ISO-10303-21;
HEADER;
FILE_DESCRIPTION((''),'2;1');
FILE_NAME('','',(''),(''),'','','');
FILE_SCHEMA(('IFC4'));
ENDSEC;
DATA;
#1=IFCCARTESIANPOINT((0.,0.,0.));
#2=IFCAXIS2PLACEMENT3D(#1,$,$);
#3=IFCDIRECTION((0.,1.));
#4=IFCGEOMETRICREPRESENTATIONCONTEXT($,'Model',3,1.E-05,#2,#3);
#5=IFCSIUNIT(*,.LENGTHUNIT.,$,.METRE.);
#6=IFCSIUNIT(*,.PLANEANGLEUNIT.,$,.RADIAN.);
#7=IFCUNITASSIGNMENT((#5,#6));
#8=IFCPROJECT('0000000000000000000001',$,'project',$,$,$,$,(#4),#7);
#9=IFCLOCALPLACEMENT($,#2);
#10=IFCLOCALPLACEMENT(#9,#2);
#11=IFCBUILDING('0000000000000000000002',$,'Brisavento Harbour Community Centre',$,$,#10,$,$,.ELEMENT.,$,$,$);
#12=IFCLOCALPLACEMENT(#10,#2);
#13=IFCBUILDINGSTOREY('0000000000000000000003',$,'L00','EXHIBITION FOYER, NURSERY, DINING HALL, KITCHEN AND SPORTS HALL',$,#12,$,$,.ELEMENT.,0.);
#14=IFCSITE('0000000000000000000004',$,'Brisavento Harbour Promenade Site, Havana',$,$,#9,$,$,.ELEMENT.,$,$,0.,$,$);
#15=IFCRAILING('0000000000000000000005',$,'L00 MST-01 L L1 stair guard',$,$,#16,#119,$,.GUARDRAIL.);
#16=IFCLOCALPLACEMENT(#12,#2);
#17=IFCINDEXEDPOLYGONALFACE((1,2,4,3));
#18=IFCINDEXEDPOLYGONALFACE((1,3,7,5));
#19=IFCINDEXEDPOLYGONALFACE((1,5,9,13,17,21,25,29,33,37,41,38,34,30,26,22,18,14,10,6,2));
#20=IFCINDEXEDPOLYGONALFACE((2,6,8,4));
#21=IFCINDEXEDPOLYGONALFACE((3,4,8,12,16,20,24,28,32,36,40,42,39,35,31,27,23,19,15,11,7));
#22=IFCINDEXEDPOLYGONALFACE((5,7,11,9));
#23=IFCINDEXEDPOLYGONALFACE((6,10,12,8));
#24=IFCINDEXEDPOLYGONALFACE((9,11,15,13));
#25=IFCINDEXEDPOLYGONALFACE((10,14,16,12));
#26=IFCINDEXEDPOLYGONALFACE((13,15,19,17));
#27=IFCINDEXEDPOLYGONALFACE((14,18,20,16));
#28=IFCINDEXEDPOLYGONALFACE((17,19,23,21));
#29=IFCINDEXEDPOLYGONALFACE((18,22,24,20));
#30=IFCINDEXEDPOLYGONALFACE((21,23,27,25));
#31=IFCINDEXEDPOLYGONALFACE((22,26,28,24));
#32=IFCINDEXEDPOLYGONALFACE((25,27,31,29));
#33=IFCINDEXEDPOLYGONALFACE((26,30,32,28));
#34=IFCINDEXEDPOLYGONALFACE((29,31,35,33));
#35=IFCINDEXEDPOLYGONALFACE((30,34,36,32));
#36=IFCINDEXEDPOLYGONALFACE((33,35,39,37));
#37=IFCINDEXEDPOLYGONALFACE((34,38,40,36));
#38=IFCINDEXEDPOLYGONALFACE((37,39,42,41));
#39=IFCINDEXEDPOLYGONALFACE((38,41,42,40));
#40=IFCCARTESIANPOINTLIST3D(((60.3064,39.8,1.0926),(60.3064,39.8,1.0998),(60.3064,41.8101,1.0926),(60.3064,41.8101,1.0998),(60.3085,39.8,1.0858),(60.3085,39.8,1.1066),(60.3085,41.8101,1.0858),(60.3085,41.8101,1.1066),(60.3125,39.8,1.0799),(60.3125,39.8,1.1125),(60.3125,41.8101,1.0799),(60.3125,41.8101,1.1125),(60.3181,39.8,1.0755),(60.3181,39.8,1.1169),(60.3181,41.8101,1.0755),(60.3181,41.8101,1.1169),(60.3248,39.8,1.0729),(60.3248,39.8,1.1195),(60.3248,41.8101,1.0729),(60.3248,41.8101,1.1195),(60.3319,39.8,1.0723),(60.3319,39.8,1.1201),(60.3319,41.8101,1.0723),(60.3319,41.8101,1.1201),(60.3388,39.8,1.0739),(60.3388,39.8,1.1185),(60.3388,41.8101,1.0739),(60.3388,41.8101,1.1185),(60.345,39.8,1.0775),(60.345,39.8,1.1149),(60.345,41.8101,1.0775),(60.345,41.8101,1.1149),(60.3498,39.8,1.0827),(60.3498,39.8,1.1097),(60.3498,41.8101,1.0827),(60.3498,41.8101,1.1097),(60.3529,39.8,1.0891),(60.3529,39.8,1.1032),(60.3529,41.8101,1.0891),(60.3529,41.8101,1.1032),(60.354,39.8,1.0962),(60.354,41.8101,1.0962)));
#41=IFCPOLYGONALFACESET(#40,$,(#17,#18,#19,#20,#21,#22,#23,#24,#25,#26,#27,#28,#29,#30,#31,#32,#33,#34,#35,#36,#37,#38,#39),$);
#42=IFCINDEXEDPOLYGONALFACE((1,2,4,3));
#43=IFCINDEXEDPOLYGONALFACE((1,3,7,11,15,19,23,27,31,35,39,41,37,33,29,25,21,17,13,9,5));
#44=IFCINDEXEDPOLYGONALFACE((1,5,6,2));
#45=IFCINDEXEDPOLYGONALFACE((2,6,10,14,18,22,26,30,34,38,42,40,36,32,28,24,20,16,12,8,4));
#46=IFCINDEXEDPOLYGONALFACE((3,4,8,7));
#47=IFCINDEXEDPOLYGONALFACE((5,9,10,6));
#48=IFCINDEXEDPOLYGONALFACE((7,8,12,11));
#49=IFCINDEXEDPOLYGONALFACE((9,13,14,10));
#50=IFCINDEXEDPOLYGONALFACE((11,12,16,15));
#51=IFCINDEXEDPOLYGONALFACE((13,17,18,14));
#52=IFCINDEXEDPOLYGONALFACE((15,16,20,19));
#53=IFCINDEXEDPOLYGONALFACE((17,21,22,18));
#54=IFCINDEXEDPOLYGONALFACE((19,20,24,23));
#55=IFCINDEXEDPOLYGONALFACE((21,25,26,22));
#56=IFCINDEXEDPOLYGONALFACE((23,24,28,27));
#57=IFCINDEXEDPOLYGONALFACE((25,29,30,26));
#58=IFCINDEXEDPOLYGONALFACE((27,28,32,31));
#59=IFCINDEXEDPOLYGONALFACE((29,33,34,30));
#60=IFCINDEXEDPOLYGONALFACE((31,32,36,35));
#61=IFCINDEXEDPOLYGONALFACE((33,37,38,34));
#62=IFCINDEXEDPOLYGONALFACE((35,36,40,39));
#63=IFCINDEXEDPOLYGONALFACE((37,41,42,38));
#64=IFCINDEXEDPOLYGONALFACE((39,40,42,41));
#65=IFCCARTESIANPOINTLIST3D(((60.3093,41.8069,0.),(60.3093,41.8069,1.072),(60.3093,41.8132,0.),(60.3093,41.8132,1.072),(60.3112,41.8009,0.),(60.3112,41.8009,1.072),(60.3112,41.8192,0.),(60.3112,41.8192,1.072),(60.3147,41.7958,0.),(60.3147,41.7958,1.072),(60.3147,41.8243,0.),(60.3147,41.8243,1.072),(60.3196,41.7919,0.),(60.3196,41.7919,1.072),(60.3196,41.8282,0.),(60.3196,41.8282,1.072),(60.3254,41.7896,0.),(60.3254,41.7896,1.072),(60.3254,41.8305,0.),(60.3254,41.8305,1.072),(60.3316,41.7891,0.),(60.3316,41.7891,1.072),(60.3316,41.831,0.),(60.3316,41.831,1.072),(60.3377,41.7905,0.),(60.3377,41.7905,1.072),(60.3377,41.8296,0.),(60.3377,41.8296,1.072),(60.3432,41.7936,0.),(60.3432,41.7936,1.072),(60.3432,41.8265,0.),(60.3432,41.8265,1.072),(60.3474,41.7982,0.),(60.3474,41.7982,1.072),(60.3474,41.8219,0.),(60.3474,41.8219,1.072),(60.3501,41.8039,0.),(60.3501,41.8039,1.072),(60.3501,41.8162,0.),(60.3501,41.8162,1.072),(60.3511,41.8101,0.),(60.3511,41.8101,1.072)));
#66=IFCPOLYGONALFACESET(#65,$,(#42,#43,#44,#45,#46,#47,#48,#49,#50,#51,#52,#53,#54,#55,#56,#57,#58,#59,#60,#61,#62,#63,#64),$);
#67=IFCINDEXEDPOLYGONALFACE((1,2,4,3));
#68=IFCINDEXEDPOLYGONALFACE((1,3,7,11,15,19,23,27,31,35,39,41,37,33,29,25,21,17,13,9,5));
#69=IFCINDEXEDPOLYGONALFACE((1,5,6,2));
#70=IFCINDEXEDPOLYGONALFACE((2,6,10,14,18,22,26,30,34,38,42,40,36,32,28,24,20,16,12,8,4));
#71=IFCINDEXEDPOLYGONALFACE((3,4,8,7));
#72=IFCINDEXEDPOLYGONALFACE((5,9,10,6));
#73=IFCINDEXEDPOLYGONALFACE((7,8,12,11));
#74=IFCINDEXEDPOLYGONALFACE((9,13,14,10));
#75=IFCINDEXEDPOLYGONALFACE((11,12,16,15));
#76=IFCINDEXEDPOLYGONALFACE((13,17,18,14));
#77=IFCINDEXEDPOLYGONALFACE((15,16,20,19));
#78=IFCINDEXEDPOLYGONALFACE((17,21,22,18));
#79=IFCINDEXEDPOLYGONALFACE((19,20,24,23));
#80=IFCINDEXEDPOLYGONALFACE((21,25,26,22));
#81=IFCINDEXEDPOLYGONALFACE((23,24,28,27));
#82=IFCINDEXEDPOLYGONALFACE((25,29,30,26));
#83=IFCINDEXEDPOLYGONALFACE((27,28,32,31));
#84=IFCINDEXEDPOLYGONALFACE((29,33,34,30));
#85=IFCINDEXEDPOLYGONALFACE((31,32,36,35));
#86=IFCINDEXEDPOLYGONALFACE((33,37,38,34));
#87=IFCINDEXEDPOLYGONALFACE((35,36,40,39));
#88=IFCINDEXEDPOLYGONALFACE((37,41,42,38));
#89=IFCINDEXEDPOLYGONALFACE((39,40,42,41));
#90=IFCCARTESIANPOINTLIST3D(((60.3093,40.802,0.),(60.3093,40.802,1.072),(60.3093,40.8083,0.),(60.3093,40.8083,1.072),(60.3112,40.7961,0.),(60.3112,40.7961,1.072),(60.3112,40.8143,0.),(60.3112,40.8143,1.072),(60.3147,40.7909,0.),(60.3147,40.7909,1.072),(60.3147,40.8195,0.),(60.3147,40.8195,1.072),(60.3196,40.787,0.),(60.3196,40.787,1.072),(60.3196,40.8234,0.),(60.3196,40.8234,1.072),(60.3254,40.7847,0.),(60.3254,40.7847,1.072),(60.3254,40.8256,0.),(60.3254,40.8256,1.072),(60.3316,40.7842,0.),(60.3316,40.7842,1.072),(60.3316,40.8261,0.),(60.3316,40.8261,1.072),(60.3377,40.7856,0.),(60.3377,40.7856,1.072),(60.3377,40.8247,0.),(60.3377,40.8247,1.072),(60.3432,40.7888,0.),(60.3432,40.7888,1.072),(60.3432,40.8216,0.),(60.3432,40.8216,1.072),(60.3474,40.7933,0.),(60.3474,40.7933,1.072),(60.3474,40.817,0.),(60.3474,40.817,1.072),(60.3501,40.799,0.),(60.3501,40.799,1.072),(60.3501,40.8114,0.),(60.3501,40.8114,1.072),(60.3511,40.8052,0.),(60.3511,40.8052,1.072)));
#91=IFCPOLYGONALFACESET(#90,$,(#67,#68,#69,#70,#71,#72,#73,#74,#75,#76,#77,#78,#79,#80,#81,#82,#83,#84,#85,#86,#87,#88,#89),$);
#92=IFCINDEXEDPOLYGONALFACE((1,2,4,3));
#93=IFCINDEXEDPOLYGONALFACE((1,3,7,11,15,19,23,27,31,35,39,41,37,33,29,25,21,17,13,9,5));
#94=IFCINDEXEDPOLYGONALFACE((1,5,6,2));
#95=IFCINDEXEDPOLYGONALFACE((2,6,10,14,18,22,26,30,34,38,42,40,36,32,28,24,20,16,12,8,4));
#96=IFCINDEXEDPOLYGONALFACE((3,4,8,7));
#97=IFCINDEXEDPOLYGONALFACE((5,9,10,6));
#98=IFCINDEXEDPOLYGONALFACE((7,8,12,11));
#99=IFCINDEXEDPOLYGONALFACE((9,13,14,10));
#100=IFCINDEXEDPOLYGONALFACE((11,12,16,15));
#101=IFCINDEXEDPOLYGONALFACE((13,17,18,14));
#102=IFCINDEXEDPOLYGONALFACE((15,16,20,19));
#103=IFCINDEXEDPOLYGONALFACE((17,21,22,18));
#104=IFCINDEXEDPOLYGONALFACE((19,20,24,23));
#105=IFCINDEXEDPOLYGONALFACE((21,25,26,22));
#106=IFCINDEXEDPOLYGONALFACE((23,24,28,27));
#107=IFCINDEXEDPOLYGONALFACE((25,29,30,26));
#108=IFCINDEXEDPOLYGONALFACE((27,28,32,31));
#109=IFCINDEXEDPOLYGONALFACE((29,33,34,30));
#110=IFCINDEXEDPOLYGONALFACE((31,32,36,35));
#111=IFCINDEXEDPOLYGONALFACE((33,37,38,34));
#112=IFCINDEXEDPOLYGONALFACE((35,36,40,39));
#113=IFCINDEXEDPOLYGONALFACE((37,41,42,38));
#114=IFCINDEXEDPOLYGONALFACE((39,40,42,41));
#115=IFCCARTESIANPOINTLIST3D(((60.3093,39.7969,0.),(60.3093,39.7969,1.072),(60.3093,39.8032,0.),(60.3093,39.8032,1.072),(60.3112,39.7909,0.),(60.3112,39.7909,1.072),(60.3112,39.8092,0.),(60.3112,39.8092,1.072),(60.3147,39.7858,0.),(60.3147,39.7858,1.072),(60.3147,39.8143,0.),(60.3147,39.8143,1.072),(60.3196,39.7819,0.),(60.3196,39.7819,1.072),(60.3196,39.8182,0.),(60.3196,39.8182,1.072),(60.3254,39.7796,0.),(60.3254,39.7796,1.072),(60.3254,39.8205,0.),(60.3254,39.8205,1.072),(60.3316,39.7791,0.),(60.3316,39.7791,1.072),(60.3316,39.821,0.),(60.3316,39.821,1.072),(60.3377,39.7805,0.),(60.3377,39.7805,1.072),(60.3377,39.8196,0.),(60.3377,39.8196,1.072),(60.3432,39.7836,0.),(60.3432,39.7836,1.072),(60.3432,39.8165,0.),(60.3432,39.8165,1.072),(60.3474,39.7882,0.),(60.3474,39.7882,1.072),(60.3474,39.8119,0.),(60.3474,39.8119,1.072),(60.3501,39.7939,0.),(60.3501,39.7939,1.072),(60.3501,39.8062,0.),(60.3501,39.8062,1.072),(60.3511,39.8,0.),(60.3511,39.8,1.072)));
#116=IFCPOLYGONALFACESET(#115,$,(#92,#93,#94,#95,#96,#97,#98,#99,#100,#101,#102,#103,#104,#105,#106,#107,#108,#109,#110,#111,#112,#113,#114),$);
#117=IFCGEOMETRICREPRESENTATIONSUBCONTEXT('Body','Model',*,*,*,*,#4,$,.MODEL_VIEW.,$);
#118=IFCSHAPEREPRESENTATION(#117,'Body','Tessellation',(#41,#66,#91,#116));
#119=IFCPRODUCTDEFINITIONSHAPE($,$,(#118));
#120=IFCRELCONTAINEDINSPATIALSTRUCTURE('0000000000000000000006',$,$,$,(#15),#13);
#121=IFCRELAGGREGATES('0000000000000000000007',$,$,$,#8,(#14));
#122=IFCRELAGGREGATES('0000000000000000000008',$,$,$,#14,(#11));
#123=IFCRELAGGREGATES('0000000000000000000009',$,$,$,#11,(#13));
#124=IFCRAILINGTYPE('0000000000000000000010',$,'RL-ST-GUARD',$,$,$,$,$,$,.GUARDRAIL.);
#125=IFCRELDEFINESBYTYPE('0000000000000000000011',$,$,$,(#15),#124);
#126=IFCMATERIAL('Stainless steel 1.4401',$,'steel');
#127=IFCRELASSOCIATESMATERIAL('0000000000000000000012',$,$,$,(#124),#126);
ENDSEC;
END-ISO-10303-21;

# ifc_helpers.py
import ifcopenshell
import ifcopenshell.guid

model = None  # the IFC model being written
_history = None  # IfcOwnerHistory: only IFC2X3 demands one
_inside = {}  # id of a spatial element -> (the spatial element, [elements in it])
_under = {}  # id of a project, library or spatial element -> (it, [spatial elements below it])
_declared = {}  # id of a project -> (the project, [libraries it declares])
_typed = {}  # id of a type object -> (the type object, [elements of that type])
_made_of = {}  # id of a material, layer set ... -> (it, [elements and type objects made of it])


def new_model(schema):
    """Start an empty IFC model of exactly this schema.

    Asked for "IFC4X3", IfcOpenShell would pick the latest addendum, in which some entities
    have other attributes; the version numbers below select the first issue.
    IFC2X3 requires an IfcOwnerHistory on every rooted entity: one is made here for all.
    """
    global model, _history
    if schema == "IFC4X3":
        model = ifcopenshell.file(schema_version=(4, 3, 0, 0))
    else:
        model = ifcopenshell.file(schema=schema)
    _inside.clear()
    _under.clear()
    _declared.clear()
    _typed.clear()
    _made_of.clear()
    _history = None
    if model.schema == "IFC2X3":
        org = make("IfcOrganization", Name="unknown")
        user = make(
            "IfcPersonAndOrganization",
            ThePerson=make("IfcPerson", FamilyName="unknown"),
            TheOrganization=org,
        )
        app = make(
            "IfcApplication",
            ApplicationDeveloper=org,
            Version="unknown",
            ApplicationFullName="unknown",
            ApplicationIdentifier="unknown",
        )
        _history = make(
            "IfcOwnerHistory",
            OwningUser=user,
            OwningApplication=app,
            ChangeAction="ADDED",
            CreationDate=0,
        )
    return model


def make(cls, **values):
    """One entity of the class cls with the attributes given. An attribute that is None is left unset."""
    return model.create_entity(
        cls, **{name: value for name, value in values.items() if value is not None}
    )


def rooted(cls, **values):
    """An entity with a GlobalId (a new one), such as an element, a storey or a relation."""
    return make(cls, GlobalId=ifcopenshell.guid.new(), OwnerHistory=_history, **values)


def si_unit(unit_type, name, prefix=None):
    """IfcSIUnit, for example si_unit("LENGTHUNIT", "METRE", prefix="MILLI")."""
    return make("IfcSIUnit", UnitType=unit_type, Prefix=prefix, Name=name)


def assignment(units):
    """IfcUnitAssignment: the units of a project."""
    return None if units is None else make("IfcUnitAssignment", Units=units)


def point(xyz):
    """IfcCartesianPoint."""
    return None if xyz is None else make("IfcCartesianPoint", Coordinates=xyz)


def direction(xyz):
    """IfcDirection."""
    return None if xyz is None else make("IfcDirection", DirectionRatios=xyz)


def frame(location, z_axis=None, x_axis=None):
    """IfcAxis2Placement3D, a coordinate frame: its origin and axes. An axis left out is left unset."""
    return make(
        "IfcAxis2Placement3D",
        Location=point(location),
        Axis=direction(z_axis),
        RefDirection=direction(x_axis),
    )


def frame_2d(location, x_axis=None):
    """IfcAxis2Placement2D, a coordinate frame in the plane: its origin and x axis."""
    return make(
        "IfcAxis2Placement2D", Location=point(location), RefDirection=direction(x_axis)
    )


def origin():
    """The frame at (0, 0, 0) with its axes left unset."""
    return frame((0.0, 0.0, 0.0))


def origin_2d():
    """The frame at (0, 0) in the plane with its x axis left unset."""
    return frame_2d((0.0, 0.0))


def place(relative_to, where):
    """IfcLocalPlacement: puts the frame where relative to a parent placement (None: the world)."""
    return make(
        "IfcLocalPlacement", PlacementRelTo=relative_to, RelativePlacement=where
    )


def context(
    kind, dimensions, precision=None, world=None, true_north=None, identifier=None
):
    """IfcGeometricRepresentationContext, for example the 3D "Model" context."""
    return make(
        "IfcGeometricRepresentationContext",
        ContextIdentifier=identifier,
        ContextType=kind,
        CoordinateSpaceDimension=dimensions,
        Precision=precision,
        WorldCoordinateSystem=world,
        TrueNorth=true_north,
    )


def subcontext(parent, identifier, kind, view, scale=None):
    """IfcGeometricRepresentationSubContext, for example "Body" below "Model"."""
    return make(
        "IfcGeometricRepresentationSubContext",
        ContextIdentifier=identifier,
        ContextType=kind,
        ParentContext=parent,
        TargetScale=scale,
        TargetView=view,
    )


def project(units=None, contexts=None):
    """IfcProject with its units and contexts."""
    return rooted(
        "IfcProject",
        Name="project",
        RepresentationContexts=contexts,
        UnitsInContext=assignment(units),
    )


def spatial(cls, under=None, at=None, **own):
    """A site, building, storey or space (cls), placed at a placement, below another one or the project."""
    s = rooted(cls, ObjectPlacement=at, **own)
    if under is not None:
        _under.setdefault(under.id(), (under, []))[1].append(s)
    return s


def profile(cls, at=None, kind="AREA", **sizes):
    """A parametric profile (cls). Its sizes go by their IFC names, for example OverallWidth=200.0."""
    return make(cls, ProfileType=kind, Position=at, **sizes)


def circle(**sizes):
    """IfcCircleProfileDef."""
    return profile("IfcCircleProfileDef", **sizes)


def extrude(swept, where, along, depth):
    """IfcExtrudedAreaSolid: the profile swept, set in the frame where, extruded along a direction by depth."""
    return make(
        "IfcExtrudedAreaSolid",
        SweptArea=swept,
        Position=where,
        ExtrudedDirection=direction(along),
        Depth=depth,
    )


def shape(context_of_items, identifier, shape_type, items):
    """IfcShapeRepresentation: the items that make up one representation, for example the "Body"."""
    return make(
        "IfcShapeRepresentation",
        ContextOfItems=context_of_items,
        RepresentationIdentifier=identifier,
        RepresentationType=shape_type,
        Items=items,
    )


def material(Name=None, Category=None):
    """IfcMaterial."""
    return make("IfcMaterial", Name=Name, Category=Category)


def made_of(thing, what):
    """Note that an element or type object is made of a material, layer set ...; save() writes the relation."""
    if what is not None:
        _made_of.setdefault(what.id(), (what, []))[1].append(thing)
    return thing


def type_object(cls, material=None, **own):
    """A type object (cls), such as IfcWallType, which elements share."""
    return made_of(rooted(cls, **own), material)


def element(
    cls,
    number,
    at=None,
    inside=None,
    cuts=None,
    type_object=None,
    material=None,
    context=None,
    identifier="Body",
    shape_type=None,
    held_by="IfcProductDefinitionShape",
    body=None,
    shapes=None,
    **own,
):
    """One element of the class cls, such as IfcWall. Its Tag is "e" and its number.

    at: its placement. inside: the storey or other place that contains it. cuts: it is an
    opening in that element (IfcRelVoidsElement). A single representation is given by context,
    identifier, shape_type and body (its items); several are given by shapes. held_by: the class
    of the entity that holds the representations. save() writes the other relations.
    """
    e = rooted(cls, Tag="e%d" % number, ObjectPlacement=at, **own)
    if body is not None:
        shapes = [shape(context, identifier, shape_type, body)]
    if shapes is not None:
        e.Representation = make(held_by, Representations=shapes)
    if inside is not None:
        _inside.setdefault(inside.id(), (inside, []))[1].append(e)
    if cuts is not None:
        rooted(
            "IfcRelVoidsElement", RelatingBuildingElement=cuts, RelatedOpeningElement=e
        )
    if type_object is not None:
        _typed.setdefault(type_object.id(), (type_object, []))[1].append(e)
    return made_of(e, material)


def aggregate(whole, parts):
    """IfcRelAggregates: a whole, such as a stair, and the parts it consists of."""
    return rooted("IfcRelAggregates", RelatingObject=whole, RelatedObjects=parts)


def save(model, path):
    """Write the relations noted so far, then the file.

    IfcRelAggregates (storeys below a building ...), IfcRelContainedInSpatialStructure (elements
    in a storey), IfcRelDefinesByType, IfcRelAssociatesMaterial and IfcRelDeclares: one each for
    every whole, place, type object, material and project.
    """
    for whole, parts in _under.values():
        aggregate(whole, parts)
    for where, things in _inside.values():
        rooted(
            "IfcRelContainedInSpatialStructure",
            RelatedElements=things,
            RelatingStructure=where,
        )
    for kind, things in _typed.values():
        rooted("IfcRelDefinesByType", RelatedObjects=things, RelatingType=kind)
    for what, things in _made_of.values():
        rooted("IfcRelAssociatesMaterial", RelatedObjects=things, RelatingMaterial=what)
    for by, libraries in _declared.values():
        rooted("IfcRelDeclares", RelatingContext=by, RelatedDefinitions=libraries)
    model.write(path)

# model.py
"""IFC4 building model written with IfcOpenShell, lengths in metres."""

from ifc_helpers import new_model, si_unit, direction, frame, origin, origin_2d, place, context, subcontext, project, spatial, circle, extrude, material, type_object, element, save


model = new_model("IFC4")

# Units and contexts
model_context = context("Model", 3, precision=1e-05, world=origin(), true_north=direction((0.0, 1.0)))
body_context = subcontext(model_context, "Body", "Model", "MODEL_VIEW")
ifc_project = project(units=[si_unit("LENGTHUNIT", "METRE"), si_unit("PLANEANGLEUNIT", "RADIAN")], contexts=[model_context])

# Site, building, storey
site_placement = place(None, origin())
site = spatial("IfcSite", under=ifc_project, at=site_placement, Name="Brisavento Harbour Promenade Site, Havana", CompositionType="ELEMENT", RefElevation=0.0)
building_placement = place(site_placement, origin())
building = spatial("IfcBuilding", under=site, at=building_placement, Name="Brisavento Harbour Community Centre", CompositionType="ELEMENT")
storey_placement = place(building_placement, origin())
storey = spatial("IfcBuildingStorey", under=building, at=storey_placement, Name="L00", Description="EXHIBITION FOYER, NURSERY, DINING HALL, KITCHEN AND SPORTS HALL", CompositionType="ELEMENT", Elevation=0.0)

# Railing
ifc_material_1 = material(Name="Stainless steel 1.4401", Category="steel")
railing_type = type_object("IfcRailingType", Name="RL-ST-GUARD", PredefinedType="GUARDRAIL", material=ifc_material_1)
railing_1_placement = place(storey_placement, frame((60.3301, 41.8101, 0.0)))
element("IfcRailing", 1, at=railing_1_placement, inside=storey, type_object=railing_type, Name="L00 MST-01 L L1 stair guard", PredefinedType="GUARDRAIL", context=body_context, shape_type="SweptSolid", body=[
    extrude(circle(Radius=0.0239, at=origin_2d()), frame((0.0, 0.0, 1.0962), z_axis=(0.0, -1.0, 0.0), x_axis=(1.0, 0.0, 0.0)), (0.0, 0.0, 1.0), 2.01),
    extrude(circle(Radius=0.021, at=origin_2d()), origin(), (0.0, 0.0, 1.0), 1.072),
    extrude(circle(Radius=0.021, at=origin_2d()), frame((0.0, -1.0049, 0.0)), (0.0, 0.0, 1.0), 1.072),
    extrude(circle(Radius=0.021, at=origin_2d()), frame((0.0, -2.01, 0.0)), (0.0, 0.0, 1.0), 1.072),
])

save(model, "model.ifc")
